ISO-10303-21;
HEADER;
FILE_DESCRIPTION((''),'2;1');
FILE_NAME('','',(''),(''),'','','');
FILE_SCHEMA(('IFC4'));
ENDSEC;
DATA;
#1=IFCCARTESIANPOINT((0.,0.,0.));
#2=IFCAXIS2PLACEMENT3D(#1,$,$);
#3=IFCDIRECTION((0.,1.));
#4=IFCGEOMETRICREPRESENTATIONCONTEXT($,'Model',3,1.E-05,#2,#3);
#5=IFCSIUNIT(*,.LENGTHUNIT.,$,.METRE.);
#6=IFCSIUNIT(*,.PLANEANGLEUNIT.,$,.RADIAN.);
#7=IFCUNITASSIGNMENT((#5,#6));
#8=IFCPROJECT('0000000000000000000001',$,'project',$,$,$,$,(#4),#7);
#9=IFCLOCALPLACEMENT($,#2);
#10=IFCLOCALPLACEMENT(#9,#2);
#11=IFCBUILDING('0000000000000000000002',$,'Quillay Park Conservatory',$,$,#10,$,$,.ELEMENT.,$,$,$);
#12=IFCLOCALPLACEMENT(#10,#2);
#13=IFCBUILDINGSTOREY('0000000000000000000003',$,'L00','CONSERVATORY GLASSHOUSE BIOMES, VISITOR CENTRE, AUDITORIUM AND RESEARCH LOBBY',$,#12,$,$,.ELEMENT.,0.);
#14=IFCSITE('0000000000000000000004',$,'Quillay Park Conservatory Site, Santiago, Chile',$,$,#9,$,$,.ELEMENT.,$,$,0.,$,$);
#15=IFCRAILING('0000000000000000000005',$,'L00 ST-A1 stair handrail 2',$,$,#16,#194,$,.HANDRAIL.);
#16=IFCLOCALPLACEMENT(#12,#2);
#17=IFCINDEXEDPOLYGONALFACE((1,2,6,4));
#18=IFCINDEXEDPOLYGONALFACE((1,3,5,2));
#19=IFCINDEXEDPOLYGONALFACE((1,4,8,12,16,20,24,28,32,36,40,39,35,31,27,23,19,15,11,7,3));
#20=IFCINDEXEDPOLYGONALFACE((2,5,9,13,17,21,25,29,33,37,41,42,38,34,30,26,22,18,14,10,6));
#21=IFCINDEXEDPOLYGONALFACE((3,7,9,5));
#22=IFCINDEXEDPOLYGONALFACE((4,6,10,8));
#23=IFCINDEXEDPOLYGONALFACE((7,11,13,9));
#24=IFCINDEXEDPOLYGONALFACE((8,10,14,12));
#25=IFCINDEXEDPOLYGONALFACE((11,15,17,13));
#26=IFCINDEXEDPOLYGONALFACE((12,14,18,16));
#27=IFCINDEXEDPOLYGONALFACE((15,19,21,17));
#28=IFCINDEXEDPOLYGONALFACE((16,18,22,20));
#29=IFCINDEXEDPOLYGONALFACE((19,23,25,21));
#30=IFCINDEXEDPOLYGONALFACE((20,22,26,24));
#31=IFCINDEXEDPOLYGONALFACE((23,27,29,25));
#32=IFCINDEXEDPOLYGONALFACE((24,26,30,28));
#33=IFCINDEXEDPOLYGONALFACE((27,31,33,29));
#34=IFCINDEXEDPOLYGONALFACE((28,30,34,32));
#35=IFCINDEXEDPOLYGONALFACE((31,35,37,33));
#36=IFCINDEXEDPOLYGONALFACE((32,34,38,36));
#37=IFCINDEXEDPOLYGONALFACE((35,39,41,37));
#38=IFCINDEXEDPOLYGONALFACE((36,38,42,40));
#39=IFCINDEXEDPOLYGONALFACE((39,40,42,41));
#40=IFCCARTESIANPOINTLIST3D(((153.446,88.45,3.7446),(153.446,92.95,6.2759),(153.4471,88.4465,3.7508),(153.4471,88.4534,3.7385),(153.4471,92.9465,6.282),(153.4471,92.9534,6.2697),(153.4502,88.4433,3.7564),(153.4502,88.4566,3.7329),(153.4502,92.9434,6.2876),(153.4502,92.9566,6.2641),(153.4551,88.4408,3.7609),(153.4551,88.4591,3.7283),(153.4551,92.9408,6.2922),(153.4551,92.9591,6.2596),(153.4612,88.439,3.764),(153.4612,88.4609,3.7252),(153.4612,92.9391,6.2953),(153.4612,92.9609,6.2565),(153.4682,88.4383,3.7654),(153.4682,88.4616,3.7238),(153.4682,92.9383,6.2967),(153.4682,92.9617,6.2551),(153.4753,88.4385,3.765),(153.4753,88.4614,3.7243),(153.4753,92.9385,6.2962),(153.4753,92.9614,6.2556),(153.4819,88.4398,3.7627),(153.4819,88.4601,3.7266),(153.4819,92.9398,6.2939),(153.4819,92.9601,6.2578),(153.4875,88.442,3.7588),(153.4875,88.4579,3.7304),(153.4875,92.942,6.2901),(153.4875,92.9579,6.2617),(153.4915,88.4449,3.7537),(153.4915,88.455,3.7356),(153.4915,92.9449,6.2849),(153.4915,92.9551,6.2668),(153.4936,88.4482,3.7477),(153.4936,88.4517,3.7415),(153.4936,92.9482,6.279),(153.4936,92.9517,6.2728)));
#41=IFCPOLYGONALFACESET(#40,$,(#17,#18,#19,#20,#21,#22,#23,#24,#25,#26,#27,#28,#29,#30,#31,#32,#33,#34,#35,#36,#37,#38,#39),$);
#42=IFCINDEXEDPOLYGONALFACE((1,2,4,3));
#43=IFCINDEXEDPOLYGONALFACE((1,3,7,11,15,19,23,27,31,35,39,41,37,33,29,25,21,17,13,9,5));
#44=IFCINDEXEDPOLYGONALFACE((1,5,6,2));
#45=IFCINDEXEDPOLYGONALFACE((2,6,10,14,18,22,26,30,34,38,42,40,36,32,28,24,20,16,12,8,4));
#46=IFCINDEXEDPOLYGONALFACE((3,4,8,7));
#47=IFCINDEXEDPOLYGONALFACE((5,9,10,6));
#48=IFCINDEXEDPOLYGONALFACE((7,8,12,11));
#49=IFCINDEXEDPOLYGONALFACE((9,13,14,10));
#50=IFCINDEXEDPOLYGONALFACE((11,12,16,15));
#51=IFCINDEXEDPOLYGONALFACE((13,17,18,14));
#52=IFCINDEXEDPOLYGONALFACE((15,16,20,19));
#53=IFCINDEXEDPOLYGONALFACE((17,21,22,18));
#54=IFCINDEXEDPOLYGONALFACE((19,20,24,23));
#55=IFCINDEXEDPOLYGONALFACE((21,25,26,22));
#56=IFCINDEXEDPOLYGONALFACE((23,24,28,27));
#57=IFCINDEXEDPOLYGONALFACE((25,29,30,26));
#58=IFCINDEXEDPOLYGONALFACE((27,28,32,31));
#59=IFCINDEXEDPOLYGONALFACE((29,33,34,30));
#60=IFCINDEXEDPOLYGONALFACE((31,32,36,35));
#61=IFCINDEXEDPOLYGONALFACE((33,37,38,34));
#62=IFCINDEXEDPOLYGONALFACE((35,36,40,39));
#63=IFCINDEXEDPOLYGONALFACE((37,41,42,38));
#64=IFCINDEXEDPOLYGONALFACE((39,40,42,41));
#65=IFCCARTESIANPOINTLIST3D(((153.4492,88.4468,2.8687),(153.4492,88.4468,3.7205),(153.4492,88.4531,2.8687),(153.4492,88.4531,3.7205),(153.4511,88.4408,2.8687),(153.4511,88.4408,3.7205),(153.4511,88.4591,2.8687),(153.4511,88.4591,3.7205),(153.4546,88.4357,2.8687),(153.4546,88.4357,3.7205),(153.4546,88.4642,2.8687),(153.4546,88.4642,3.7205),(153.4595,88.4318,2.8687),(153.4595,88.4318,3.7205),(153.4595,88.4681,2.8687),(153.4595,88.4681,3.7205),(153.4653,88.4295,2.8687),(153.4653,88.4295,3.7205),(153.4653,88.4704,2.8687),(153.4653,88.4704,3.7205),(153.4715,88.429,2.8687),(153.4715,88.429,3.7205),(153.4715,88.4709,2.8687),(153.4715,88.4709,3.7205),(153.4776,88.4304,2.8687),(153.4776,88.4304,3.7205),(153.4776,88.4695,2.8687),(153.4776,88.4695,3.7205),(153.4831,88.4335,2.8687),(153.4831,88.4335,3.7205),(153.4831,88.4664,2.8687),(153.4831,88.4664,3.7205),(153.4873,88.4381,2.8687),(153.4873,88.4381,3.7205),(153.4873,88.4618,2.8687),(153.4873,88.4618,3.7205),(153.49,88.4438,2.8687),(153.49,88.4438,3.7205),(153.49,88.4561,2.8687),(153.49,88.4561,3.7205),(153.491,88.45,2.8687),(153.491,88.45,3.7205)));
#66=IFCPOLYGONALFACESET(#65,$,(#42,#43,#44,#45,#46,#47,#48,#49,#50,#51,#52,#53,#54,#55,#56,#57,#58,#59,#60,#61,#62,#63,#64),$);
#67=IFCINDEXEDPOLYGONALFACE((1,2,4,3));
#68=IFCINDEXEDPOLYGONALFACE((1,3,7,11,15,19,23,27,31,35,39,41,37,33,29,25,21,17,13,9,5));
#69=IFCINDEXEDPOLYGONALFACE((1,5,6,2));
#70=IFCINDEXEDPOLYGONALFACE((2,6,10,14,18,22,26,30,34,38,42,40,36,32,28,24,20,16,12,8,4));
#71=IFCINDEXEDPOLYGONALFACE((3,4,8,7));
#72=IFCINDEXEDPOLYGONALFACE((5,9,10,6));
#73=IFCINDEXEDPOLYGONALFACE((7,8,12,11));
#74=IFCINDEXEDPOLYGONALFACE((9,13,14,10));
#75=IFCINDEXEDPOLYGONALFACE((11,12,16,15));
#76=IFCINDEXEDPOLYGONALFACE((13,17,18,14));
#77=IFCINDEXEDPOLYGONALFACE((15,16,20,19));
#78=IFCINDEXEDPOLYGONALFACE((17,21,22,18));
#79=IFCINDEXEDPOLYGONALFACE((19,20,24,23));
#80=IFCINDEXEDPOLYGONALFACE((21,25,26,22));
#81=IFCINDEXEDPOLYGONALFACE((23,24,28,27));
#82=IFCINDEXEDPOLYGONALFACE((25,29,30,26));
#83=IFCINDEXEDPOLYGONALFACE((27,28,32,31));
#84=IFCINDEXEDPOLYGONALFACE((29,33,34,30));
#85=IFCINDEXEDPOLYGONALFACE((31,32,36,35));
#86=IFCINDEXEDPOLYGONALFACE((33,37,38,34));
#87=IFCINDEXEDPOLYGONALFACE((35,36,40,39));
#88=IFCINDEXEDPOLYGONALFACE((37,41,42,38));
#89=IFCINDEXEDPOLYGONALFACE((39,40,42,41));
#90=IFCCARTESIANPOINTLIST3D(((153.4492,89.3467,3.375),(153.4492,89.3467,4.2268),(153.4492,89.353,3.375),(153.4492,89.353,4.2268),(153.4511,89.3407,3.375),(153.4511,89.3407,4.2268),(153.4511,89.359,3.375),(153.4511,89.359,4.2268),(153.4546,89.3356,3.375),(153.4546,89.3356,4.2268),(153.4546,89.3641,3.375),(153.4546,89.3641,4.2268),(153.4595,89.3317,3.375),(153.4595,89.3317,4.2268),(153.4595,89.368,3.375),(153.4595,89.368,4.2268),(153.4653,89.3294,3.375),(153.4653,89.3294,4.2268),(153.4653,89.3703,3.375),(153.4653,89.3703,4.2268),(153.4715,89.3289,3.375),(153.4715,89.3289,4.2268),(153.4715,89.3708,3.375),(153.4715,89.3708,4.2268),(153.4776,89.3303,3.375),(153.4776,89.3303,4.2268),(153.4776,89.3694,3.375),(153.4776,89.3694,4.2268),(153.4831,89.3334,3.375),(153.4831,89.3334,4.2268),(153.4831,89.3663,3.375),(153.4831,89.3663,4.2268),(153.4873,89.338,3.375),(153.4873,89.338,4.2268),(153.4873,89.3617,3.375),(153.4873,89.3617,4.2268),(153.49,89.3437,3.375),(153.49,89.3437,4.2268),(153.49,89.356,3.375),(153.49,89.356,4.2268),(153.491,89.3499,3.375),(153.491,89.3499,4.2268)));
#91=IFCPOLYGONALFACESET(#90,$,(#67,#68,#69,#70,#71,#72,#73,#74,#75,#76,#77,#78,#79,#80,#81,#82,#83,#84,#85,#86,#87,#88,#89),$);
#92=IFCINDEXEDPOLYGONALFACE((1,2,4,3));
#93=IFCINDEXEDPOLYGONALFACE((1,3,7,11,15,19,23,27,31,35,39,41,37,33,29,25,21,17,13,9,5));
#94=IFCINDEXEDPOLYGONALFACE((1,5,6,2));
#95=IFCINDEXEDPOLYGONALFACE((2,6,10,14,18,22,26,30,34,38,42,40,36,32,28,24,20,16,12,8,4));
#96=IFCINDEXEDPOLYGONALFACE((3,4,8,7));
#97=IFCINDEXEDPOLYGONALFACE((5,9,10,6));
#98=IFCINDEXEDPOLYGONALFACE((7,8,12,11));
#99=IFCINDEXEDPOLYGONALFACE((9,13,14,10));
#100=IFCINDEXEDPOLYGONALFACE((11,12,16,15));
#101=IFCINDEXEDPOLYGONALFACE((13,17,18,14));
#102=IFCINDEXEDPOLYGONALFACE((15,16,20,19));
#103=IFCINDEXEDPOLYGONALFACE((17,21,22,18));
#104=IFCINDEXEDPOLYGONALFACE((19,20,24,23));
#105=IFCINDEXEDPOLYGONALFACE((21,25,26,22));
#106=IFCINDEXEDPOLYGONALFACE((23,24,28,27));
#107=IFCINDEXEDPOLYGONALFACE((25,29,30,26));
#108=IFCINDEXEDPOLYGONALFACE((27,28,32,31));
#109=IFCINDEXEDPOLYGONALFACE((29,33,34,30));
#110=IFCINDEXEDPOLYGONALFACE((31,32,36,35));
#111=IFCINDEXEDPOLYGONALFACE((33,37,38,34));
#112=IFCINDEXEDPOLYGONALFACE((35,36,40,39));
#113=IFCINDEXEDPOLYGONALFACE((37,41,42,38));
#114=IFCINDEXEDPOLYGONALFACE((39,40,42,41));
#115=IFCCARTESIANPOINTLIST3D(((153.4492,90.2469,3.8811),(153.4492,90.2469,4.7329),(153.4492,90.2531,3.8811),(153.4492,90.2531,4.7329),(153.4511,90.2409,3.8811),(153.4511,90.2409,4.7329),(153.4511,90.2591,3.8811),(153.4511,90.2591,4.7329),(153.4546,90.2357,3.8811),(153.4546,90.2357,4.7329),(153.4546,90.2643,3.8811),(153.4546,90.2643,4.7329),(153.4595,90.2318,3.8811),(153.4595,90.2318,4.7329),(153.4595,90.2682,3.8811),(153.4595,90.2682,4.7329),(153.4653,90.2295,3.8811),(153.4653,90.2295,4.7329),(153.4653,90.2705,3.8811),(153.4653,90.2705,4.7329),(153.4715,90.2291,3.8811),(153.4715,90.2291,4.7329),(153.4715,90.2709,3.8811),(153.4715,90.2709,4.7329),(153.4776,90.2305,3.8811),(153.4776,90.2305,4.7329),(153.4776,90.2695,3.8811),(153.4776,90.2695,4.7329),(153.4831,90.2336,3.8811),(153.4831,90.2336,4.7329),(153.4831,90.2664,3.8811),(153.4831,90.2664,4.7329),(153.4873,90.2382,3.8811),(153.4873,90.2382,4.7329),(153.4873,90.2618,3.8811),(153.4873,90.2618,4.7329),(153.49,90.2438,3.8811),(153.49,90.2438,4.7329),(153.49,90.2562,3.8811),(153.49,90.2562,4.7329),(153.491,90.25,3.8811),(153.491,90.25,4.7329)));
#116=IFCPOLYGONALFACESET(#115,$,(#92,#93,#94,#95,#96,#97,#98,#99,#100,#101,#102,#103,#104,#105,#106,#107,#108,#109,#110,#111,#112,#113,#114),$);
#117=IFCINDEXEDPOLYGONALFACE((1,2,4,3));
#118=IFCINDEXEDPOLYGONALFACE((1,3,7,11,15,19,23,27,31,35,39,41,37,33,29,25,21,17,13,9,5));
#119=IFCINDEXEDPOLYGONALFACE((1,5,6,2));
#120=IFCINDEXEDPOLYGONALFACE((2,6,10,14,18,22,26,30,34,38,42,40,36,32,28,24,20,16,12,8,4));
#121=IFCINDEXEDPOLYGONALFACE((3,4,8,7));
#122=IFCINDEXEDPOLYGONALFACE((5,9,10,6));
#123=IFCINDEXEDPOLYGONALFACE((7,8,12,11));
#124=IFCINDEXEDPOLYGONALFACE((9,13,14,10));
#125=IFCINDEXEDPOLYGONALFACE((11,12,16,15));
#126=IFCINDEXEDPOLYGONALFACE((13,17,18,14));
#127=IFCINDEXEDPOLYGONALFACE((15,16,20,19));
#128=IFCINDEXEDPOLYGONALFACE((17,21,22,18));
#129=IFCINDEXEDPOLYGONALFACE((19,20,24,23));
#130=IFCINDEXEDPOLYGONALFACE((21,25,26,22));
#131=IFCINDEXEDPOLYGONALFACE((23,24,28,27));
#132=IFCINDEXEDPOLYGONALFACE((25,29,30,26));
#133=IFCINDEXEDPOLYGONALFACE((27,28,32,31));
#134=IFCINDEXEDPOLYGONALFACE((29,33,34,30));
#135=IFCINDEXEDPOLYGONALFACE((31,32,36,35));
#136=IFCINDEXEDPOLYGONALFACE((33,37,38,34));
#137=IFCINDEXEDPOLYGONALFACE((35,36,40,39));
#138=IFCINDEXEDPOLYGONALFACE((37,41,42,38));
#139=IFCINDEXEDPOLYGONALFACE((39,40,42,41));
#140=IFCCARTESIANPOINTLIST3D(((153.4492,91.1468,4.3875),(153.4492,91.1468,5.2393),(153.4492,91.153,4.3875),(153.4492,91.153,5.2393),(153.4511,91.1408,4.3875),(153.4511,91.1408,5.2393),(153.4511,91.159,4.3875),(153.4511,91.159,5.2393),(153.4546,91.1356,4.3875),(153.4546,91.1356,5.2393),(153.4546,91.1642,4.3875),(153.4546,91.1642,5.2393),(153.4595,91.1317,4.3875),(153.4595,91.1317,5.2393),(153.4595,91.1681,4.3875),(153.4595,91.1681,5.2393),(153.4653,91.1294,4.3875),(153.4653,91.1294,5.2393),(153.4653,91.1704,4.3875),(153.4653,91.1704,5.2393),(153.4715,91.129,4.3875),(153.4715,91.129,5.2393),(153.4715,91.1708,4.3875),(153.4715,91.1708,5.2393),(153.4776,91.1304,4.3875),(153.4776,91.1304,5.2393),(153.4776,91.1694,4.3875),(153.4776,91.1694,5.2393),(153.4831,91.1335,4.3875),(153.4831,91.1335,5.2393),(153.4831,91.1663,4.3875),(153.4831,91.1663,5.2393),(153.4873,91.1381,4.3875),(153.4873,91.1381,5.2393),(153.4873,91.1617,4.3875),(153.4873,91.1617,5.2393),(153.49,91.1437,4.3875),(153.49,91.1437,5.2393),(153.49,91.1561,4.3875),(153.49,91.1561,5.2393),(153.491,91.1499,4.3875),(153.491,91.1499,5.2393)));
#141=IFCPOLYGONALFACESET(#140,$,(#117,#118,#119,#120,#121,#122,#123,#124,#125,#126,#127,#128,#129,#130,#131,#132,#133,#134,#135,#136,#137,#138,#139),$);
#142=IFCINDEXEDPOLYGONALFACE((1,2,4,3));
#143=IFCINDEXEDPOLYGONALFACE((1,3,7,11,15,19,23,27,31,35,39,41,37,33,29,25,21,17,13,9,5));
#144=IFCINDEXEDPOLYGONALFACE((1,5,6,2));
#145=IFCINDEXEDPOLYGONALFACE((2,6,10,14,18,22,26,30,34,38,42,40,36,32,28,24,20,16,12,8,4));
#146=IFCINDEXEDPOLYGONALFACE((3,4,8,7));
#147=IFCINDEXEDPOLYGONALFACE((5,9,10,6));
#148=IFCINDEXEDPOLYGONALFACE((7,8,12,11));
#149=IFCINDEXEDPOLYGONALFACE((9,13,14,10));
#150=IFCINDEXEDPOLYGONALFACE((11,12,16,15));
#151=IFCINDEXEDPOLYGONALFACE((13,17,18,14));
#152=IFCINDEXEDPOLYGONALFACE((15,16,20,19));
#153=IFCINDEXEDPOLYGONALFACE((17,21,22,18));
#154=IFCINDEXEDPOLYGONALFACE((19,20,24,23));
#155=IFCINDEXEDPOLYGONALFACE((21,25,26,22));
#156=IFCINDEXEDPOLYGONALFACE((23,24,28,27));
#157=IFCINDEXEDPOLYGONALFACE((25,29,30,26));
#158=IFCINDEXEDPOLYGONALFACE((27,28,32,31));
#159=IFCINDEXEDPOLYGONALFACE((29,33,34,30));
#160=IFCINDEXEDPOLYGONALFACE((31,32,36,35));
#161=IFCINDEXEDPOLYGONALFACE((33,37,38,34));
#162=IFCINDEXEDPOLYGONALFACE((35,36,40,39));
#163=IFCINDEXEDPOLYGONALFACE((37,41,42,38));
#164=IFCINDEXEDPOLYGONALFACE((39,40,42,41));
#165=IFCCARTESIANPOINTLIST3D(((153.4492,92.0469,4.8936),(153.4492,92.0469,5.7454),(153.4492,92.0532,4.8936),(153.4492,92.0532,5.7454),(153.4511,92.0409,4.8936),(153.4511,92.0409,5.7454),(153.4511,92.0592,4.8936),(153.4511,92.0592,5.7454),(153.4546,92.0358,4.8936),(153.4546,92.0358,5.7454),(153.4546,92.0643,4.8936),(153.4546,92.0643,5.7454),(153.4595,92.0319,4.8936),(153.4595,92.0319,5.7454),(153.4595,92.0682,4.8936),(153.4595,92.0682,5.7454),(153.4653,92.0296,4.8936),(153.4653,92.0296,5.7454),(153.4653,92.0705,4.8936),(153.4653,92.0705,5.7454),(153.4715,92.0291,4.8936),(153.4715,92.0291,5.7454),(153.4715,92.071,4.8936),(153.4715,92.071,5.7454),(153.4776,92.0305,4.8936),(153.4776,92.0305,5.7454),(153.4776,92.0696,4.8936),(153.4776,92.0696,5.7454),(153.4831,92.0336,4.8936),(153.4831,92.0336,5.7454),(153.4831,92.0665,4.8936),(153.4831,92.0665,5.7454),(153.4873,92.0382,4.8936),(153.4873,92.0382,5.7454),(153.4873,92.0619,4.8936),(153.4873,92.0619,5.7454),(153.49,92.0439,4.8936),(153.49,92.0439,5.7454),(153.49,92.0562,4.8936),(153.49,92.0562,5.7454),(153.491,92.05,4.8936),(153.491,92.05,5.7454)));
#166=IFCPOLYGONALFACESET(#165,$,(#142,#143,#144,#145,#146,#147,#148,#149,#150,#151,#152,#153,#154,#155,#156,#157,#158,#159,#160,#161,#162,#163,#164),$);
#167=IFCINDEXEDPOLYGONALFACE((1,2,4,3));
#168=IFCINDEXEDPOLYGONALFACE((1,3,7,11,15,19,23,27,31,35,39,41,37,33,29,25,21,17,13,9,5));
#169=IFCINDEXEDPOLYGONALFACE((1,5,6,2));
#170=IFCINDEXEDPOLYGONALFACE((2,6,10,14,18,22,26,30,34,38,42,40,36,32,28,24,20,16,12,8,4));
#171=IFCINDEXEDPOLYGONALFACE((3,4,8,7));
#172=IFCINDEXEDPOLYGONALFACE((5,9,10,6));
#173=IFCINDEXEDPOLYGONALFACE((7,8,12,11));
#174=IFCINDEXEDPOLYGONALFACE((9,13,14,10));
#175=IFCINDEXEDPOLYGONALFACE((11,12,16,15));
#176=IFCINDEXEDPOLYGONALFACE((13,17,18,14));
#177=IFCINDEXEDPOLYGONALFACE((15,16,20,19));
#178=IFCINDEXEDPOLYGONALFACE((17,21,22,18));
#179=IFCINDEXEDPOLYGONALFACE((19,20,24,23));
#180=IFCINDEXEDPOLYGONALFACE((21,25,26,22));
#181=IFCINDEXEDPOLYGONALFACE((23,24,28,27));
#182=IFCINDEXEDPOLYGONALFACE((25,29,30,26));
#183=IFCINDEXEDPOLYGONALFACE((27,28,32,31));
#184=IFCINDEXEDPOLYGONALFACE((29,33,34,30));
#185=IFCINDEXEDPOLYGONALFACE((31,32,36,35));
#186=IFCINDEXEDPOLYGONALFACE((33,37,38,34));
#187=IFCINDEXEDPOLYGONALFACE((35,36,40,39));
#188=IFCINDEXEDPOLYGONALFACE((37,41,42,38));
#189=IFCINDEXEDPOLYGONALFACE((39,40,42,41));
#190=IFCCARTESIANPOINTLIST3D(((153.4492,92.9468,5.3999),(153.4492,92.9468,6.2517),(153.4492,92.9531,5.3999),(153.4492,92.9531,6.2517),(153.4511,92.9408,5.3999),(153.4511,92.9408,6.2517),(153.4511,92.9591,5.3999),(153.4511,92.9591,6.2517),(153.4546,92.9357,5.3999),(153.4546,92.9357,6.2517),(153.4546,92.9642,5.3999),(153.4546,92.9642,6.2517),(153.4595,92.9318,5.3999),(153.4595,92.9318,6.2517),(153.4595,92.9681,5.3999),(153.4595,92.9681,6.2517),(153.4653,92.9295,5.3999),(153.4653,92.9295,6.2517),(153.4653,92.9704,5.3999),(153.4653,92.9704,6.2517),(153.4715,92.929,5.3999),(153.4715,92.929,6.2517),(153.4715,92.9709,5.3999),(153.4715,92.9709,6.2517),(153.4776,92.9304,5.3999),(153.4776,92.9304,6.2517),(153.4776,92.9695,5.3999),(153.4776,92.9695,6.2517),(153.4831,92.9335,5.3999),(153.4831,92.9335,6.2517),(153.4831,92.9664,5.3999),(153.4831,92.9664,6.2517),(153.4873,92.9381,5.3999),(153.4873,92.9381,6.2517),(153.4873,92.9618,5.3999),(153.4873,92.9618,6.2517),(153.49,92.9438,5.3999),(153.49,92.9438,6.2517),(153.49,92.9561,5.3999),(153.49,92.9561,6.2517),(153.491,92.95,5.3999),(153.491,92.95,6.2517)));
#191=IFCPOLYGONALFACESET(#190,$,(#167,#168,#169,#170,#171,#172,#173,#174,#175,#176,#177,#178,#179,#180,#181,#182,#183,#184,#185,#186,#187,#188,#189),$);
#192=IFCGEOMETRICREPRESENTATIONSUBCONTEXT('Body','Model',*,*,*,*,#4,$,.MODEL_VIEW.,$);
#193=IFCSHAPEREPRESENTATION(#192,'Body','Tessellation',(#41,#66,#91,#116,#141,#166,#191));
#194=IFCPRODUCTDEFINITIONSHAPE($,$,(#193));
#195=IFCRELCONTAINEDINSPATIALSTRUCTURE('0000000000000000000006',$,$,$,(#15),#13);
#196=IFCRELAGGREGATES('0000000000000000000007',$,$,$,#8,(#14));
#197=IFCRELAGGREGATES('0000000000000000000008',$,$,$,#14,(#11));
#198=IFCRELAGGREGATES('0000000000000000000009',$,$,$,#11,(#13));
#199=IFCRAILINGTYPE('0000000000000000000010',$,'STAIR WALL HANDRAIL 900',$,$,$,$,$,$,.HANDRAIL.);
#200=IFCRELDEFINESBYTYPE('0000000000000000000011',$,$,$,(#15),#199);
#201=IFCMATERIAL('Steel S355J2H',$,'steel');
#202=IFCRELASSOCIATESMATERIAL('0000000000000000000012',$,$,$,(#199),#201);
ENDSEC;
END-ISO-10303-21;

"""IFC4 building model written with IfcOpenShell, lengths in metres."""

from ifc_helpers import new_model, si_unit, direction, frame, origin, origin_2d, place, context, subcontext, project, spatial, circle, extrude, material, type_object, element, save


model = new_model("IFC4")

# Units and contexts
model_context = context("Model", 3, precision=1e-05, world=origin(), true_north=direction((0.0, 1.0)))
body_context = subcontext(model_context, "Body", "Model", "MODEL_VIEW")
ifc_project = project(units=[si_unit("LENGTHUNIT", "METRE"), si_unit("PLANEANGLEUNIT", "RADIAN")], contexts=[model_context])

# Site, building, storey
site_placement = place(None, origin())
site = spatial("IfcSite", under=ifc_project, at=site_placement, Name="Quillay Park Conservatory Site, Santiago, Chile", CompositionType="ELEMENT", RefElevation=0.0)
building_placement = place(site_placement, origin())
building = spatial("IfcBuilding", under=site, at=building_placement, Name="Quillay Park Conservatory", CompositionType="ELEMENT")
storey_placement = place(building_placement, origin())
storey = spatial("IfcBuildingStorey", under=building, at=storey_placement, Name="L00", Description="CONSERVATORY GLASSHOUSE BIOMES, VISITOR CENTRE, AUDITORIUM AND RESEARCH LOBBY", CompositionType="ELEMENT", Elevation=0.0)

# Railing
ifc_material_1 = material(Name="Steel S355J2H", Category="steel")
railing_type_1 = type_object("IfcRailingType", Name="STAIR WALL HANDRAIL 900", PredefinedType="HANDRAIL", material=ifc_material_1)
railing_1_placement = place(storey_placement, frame((153.47, 88.45, 2.8687)))
element("IfcRailing", 1, at=railing_1_placement, inside=storey, type_object=railing_type_1, Name="L00 ST-A1 stair handrail 2", PredefinedType="HANDRAIL", context=body_context, shape_type="SweptSolid", body=[
    extrude(circle(Radius=0.0239, at=origin_2d()), frame((0.0, 0.0, 0.876), z_axis=(0.0, 0.871576, 0.490261), x_axis=(-1.0, 0.0, 0.0)), (0.0, 0.0, 1.0), 5.1631),
    extrude(circle(Radius=0.021, at=origin_2d()), origin(), (0.0, 0.0, 1.0), 0.8518),
    extrude(circle(Radius=0.021, at=origin_2d()), frame((0.0, 0.8999, 0.5063)), (0.0, 0.0, 1.0), 0.8518),
    extrude(circle(Radius=0.021, at=origin_2d()), frame((0.0, 1.8, 1.0125)), (0.0, 0.0, 1.0), 0.8518),
    extrude(circle(Radius=0.021, at=origin_2d()), frame((0.0, 2.7, 1.5188)), (0.0, 0.0, 1.0), 0.8518),
    extrude(circle(Radius=0.021, at=origin_2d()), frame((0.0, 3.6001, 2.0249)), (0.0, 0.0, 1.0), 0.8518),
    extrude(circle(Radius=0.021, at=origin_2d()), frame((0.0, 4.5, 2.5312)), (0.0, 0.0, 1.0), 0.8518),
])

save(model, "model.ifc")
